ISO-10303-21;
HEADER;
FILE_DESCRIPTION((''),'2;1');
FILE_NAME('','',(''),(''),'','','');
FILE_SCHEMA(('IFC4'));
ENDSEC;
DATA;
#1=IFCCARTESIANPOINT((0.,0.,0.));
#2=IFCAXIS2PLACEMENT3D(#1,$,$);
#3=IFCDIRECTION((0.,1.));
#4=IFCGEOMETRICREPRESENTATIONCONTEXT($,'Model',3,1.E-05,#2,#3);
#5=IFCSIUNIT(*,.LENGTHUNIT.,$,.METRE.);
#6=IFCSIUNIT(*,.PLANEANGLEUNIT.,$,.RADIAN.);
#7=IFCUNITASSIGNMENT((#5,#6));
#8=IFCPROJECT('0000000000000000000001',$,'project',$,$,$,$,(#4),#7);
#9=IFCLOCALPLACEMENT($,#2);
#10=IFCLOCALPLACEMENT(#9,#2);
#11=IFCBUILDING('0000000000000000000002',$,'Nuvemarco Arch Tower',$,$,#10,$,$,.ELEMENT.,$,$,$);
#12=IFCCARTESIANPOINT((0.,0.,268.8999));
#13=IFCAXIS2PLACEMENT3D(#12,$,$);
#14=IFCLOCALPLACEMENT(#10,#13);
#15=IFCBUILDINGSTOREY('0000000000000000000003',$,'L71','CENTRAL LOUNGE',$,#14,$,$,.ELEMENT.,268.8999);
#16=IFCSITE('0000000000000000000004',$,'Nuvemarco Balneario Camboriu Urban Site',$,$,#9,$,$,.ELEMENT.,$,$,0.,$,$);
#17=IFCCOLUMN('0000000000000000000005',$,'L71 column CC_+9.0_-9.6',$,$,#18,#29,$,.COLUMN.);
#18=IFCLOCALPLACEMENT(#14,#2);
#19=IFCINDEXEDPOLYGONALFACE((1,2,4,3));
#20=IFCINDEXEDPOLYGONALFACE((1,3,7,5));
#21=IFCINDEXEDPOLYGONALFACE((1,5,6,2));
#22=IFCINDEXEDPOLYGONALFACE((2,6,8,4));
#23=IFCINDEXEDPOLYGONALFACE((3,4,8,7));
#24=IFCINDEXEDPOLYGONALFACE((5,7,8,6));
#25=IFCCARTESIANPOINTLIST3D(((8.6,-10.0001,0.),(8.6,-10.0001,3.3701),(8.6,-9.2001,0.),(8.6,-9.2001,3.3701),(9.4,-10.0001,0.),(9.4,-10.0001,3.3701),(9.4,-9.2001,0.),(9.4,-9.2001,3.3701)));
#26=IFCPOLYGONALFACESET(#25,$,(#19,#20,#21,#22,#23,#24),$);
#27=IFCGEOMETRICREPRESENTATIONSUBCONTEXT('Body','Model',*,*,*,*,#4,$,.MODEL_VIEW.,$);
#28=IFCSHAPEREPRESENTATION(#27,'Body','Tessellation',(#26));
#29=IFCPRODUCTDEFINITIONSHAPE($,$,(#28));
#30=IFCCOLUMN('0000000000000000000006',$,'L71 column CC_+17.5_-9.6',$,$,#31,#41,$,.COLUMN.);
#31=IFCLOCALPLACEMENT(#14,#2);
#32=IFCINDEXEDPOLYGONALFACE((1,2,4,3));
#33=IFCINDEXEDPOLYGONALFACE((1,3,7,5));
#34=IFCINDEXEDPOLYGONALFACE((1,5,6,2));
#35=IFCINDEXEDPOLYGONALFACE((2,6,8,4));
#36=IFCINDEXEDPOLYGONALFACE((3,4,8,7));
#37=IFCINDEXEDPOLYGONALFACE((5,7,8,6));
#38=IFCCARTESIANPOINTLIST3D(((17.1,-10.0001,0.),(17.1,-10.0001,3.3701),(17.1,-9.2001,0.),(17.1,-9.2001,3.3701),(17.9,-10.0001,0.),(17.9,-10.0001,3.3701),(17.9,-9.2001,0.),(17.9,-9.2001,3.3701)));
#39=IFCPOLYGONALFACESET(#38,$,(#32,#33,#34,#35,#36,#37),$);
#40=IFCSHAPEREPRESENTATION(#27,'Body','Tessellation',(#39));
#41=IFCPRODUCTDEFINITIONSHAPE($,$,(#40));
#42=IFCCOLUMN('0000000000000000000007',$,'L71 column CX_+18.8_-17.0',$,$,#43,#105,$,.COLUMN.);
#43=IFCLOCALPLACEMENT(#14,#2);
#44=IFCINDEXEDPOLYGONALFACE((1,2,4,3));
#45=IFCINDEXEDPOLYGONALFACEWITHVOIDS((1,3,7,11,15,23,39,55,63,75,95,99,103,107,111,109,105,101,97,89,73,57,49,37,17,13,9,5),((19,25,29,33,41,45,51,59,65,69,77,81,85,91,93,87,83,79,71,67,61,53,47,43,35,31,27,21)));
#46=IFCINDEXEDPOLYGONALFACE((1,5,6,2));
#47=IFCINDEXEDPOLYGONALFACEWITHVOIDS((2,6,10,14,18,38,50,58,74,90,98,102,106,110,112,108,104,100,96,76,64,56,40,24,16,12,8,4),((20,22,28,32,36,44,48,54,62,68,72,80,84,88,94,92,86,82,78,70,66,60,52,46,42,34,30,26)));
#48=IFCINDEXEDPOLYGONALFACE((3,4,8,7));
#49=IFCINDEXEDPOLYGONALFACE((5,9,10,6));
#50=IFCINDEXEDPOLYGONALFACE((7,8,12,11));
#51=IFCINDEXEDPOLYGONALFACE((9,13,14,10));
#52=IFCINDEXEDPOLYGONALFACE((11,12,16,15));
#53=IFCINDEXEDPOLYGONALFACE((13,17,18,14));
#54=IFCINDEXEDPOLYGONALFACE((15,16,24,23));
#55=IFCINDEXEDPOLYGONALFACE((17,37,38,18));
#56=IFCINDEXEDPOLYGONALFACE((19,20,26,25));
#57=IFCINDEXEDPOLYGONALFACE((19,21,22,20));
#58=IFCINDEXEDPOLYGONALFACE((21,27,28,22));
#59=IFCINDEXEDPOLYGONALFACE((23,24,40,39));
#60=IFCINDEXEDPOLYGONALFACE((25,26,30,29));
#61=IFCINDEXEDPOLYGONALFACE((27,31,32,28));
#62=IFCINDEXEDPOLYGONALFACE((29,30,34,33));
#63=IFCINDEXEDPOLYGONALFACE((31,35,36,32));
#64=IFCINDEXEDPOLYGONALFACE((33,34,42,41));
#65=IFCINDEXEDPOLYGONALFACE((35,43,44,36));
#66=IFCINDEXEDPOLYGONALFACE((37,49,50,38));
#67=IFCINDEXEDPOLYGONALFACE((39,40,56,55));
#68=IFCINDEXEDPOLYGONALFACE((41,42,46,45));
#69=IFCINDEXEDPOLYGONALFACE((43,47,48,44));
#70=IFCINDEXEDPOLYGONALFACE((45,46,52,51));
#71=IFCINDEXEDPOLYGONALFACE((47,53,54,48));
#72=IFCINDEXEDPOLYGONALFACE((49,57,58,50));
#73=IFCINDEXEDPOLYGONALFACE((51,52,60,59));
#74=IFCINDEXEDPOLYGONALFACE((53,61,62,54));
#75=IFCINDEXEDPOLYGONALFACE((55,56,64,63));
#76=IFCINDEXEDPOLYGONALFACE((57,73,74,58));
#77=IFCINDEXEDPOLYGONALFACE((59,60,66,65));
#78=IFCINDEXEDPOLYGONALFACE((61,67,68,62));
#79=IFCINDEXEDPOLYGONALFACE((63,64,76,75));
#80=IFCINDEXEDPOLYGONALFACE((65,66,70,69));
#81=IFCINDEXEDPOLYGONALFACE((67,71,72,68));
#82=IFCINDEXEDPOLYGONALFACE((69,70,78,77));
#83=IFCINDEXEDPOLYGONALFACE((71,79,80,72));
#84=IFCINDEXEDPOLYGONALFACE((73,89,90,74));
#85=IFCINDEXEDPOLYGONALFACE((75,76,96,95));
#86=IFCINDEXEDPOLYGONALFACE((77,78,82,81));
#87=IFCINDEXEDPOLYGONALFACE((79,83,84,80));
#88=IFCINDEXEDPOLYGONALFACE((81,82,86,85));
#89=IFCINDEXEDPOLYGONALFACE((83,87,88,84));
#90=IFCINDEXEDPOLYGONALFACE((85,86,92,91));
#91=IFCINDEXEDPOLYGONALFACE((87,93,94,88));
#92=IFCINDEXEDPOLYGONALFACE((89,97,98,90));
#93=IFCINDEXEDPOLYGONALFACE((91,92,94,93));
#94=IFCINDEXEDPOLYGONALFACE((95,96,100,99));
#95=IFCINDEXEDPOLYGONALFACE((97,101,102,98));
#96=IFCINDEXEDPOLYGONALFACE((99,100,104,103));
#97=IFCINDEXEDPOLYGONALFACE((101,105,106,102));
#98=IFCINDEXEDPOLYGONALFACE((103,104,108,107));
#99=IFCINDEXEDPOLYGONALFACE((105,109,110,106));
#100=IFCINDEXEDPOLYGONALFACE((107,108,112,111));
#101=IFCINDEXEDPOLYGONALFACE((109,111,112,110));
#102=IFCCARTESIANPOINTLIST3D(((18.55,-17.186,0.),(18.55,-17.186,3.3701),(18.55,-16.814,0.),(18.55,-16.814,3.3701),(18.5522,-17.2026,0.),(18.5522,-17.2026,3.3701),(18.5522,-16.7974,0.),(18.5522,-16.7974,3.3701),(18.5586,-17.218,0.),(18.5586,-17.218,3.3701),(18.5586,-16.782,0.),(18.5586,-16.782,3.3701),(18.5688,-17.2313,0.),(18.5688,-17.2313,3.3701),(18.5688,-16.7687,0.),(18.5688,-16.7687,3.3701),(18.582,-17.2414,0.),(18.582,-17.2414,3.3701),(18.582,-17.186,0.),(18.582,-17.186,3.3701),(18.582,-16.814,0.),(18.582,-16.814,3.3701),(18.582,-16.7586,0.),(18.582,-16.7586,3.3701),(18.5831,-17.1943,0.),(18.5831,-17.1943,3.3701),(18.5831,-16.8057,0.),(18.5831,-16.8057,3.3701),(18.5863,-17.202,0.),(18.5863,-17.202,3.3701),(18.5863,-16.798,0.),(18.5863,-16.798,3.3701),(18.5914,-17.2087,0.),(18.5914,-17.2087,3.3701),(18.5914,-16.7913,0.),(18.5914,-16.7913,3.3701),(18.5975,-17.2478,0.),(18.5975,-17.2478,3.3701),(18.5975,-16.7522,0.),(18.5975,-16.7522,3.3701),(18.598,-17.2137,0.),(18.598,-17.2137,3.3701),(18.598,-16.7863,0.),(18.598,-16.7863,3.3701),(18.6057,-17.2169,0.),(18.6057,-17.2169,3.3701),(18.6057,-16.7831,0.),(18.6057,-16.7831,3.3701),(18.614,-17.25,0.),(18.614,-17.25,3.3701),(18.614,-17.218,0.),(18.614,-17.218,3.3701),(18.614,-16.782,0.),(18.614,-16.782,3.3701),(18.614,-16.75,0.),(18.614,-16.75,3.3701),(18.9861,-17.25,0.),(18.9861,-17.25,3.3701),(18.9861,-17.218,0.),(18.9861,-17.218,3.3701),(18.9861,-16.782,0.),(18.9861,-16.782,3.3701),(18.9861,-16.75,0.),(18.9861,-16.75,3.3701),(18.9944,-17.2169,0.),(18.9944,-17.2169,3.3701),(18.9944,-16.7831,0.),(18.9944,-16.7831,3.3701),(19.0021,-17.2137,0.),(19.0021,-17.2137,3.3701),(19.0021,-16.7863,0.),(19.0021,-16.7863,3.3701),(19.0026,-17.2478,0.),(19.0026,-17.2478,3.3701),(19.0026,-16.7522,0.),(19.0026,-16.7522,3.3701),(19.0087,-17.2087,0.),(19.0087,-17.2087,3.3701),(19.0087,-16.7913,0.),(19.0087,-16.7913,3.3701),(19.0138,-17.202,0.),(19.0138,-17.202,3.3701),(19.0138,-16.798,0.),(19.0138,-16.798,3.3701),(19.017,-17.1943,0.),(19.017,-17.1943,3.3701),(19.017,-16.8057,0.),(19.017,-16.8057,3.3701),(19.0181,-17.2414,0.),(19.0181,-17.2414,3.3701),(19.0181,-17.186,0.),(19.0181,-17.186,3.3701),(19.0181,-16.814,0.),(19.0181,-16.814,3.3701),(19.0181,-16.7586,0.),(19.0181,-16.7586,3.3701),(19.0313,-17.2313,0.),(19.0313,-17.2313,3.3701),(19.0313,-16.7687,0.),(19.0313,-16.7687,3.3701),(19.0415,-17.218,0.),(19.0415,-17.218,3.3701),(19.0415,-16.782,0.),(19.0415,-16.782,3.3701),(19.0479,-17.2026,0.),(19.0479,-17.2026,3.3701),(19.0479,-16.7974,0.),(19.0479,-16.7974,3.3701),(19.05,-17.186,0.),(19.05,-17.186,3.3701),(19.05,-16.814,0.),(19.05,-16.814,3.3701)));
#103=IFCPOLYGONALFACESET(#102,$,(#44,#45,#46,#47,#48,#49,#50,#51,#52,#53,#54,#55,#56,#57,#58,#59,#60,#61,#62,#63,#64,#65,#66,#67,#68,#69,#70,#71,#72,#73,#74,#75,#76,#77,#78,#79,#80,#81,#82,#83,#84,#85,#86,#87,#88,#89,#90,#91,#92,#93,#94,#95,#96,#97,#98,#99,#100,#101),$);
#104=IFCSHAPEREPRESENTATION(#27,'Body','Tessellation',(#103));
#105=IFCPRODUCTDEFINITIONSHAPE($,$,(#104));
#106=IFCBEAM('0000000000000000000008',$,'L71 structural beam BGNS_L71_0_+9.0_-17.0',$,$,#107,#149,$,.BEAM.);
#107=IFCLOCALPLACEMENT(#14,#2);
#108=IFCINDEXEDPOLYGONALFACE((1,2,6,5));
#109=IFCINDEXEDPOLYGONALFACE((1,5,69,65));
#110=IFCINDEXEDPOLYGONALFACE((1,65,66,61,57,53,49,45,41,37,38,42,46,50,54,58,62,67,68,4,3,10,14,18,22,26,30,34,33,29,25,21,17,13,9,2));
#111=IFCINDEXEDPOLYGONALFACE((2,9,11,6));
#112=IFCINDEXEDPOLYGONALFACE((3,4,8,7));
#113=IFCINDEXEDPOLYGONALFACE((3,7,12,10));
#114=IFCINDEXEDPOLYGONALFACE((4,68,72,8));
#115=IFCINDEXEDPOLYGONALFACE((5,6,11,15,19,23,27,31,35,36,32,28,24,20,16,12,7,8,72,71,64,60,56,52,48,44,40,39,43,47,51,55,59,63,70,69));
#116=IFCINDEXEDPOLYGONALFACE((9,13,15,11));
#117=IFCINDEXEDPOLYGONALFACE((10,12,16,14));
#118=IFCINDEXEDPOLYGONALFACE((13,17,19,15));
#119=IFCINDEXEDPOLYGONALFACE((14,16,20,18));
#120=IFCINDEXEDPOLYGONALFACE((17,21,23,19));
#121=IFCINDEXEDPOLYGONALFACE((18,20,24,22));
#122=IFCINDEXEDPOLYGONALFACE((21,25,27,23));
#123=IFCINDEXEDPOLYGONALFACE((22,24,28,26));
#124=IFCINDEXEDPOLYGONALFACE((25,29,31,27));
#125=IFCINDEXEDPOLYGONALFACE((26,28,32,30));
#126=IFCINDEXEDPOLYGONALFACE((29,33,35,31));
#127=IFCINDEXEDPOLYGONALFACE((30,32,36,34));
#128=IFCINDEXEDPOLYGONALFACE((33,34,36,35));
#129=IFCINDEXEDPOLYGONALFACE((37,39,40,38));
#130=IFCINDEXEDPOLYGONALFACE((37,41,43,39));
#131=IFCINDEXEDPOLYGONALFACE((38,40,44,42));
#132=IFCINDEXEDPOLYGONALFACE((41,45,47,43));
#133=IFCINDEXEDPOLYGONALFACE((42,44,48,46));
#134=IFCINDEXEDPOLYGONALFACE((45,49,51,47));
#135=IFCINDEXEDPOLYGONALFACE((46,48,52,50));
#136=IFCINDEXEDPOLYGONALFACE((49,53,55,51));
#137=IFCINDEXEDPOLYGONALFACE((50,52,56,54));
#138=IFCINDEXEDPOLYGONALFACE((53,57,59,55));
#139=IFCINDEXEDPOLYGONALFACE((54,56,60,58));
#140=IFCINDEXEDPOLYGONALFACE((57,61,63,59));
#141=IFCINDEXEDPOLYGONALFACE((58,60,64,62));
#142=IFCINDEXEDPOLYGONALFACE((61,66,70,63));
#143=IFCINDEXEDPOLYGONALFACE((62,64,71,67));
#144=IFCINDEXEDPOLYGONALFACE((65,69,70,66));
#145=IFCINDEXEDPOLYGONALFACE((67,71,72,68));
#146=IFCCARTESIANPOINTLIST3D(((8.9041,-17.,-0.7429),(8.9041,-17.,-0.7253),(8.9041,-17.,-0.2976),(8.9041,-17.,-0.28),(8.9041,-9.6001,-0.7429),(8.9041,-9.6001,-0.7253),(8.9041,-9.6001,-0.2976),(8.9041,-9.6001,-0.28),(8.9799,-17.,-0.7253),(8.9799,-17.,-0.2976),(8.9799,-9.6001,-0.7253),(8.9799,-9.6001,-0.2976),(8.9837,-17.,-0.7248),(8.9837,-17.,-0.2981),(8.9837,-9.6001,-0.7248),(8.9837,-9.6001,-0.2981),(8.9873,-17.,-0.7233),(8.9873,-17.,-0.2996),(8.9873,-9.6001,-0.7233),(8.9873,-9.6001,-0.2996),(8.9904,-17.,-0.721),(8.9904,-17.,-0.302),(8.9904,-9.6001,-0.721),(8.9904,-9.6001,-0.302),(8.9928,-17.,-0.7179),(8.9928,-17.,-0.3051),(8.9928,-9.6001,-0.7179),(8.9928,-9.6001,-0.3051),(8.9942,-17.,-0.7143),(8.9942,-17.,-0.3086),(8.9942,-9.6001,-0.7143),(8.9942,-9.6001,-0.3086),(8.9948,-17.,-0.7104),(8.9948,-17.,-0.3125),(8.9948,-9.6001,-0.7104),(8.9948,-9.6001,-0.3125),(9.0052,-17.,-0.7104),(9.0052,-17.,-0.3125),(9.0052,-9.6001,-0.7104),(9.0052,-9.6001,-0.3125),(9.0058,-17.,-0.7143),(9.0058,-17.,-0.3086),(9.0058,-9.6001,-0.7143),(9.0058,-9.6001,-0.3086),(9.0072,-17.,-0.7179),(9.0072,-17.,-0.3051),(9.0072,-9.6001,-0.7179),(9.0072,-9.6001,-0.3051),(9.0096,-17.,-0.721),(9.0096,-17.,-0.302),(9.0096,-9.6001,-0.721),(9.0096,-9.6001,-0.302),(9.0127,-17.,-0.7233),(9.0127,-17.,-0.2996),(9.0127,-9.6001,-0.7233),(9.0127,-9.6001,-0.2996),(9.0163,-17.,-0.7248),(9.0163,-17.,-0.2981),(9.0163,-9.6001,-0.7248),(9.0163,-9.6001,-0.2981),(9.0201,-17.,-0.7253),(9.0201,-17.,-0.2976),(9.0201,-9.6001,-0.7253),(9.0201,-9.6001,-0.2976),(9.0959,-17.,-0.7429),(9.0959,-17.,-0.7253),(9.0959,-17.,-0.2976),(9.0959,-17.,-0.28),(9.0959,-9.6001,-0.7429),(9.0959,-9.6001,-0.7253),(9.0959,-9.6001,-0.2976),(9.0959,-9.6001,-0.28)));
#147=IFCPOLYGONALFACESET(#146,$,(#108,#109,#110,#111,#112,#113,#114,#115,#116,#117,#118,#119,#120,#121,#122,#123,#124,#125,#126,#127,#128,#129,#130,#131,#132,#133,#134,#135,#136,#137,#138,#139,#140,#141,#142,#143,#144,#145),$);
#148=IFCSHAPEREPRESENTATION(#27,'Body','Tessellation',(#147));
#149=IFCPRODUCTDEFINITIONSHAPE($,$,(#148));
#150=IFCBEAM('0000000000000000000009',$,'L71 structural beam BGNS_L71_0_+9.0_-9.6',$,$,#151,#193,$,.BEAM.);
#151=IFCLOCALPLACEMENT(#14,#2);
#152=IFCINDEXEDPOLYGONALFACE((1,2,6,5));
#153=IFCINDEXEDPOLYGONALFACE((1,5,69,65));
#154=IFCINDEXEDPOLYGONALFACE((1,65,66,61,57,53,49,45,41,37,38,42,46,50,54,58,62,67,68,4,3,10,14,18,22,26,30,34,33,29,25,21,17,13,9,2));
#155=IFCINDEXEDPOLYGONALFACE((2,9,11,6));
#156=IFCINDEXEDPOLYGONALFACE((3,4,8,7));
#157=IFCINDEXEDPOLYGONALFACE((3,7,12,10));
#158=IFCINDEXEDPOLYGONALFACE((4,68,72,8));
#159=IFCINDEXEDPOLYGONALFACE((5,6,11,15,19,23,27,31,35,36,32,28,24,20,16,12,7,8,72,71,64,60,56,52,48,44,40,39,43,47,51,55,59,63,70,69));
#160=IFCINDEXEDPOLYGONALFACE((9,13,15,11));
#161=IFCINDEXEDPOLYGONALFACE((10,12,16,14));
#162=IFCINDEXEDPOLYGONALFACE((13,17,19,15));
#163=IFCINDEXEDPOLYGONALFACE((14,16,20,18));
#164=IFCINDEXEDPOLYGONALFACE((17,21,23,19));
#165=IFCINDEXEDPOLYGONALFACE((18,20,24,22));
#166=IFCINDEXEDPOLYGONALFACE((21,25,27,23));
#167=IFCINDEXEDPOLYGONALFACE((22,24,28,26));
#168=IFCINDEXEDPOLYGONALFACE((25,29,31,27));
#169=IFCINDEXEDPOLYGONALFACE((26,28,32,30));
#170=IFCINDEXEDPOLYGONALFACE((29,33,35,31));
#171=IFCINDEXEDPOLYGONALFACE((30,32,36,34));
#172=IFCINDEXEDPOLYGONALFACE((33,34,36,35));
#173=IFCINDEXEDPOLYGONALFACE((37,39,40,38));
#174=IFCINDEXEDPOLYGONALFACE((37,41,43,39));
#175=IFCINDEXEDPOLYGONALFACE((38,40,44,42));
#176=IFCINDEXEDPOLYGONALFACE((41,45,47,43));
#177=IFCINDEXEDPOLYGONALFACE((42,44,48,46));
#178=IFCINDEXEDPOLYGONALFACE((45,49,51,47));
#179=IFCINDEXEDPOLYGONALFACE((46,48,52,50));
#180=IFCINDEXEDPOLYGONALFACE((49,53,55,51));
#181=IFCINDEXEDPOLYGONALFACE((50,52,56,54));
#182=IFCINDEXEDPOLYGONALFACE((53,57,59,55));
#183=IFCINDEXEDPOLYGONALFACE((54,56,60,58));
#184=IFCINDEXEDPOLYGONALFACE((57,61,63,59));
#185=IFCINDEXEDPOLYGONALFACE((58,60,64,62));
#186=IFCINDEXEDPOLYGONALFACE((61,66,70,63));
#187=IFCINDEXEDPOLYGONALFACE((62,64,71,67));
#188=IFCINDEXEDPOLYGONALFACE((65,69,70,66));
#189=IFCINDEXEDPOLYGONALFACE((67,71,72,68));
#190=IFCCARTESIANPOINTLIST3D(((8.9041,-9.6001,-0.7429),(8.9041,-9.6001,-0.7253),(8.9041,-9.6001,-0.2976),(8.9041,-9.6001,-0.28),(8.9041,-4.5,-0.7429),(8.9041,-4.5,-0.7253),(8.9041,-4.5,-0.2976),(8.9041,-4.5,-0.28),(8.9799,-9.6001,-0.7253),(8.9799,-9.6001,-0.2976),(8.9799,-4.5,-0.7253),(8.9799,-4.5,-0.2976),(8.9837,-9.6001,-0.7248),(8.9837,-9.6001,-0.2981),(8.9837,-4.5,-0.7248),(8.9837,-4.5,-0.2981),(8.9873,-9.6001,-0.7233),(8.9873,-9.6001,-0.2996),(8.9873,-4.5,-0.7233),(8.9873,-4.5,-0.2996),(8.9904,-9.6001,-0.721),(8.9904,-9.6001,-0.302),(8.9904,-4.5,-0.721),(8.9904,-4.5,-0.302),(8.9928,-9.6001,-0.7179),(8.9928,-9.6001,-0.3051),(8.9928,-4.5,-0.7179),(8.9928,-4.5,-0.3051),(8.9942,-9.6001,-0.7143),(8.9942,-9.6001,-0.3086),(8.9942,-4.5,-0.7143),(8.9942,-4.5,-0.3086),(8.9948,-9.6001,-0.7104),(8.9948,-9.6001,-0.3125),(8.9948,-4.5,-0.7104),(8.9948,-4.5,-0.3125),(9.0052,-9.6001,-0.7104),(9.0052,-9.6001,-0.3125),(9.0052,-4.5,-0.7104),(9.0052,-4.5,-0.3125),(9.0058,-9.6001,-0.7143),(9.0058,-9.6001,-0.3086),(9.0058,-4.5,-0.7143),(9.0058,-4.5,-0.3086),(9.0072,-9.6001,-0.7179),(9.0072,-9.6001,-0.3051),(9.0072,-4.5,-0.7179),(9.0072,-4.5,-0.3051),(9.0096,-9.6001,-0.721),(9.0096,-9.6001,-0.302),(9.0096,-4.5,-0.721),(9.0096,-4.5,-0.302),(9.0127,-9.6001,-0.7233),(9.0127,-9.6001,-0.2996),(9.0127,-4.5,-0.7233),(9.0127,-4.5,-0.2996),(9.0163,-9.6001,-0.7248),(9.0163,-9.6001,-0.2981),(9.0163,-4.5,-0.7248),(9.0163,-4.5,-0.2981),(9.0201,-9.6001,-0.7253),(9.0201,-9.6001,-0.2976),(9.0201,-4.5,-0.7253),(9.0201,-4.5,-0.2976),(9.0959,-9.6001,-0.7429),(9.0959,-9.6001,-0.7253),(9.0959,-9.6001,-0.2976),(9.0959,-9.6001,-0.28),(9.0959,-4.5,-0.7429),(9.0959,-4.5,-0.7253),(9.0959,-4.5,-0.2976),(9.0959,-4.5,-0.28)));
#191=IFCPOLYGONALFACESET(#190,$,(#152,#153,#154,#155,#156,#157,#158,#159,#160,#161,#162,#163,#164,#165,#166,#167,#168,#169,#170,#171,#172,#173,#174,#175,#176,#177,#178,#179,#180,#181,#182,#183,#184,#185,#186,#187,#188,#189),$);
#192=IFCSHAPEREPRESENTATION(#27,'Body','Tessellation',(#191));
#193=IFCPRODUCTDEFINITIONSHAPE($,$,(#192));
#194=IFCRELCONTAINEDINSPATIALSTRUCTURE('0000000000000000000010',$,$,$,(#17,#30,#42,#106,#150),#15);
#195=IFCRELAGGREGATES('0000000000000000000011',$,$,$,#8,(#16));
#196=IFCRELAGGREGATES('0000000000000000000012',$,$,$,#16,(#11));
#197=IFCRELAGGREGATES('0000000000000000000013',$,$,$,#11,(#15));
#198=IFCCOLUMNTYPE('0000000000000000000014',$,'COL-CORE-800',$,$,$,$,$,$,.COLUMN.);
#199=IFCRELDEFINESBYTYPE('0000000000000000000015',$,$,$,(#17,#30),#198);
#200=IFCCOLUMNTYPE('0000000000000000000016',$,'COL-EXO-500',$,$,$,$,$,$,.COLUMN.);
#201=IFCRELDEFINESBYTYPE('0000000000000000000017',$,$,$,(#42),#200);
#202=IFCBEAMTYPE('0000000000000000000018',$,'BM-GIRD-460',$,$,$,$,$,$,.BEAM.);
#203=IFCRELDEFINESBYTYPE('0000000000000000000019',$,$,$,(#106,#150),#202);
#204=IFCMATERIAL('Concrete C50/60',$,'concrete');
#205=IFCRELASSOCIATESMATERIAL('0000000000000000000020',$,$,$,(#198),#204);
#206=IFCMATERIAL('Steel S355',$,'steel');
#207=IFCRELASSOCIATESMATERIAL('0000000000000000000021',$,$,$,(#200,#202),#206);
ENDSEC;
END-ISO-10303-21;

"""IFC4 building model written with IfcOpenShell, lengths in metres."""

from ifc_helpers import new_model, si_unit, direction, frame, origin, origin_2d, place, context, subcontext, project, spatial, rectangle, hollow_rectangle, i_section, extrude, material, material_profile, profile_set, type_object, element, save


model = new_model("IFC4")

# Units and contexts
model_context = context("Model", 3, precision=1e-05, world=origin(), true_north=direction((0.0, 1.0)))
body_context = subcontext(model_context, "Body", "Model", "MODEL_VIEW")
ifc_project = project(units=[si_unit("LENGTHUNIT", "METRE"), si_unit("PLANEANGLEUNIT", "RADIAN")], contexts=[model_context])

# Site, building, storey
site_placement = place(None, origin())
site = spatial("IfcSite", under=ifc_project, at=site_placement, Name="Nuvemarco Balneario Camboriu Urban Site", CompositionType="ELEMENT", RefElevation=0.0)
building_placement = place(site_placement, origin())
building = spatial("IfcBuilding", under=site, at=building_placement, Name="Nuvemarco Arch Tower", CompositionType="ELEMENT")
storey_placement = place(building_placement, frame((0.0, 0.0, 268.8999)))
storey = spatial("IfcBuildingStorey", under=building, at=storey_placement, Name="L71", Description="CENTRAL LOUNGE", CompositionType="ELEMENT", Elevation=268.8999)

# Columns
ifc_material_1 = material(Name="Concrete C50/60", Category="concrete")
ifc_material_profile_1 = material_profile(ifc_material_1, rectangle(XDim=0.8, YDim=0.8, at=origin_2d()), Name="RC-COL-800x800")
ifc_profile_set_1 = profile_set([ifc_material_profile_1], Name="Concrete C50/60")
column_type_1 = type_object("IfcColumnType", Name="COL-CORE-800", PredefinedType="COLUMN", material=ifc_profile_set_1)
for number, where, z_axis, x_axis, name in (
    (1, (9.0, -9.6001, 0.0), (0.0, 0.0, 1.0), (1.0, 0.0, 0.0), "L71 column CC_+9.0_-9.6"),
    (2, (17.5, -9.6001, 0.0), (0.0, 0.0, 1.0), (1.0, 0.0, 0.0), "L71 column CC_+17.5_-9.6"),
):
    element("IfcColumn", number, at=place(storey_placement, frame(where, z_axis=z_axis, x_axis=x_axis)), inside=storey, type_object=column_type_1, Name=name, PredefinedType="COLUMN", context=body_context, shape_type="SweptSolid", body=[
        extrude(rectangle(XDim=0.8, YDim=0.8, at=origin_2d()), origin(), (0.0, 0.0, 1.0), 3.3701),
    ])
ifc_material_2 = material(Name="Steel S355", Category="steel")
ifc_material_profile_2 = material_profile(ifc_material_2, hollow_rectangle(XDim=0.5, YDim=0.5, WallThickness=0.032, InnerFilletRadius=0.032, OuterFilletRadius=0.064, at=origin_2d()), Name="SHS500x500x32")
ifc_profile_set_2 = profile_set([ifc_material_profile_2], Name="Steel S355")
column_type_2 = type_object("IfcColumnType", Name="COL-EXO-500", PredefinedType="COLUMN", material=ifc_profile_set_2)
column_placement = place(storey_placement, frame((18.8, -17.0, 0.0), z_axis=(0.0, 0.0, 1.0), x_axis=(1.0, 0.0, 0.0)))
element("IfcColumn", 3, at=column_placement, inside=storey, type_object=column_type_2, Name="L71 column CX_+18.8_-17.0", PredefinedType="COLUMN", context=body_context, shape_type="SweptSolid", body=[
    extrude(hollow_rectangle(XDim=0.5, YDim=0.5, WallThickness=0.032, InnerFilletRadius=0.032, OuterFilletRadius=0.064, at=origin_2d()), origin(), (0.0, 0.0, 1.0), 3.3701),
])

# Beams
ifc_material_profile_3 = material_profile(ifc_material_2, i_section(OverallWidth=0.1919, OverallDepth=0.4629, WebThickness=0.0105, FlangeThickness=0.0176, FilletRadius=0.0149, at=origin_2d()), Name="W460x89")
ifc_profile_set_3 = profile_set([ifc_material_profile_3], Name="Steel S355")
beam_type_1 = type_object("IfcBeamType", Name="BM-GIRD-460", PredefinedType="BEAM", material=ifc_profile_set_3)
beam_1_placement = place(storey_placement, frame((9.0, -17.0, -0.5115), z_axis=(0.0, 1.0, 0.0), x_axis=(-1.0, 0.0, 0.0)))
element("IfcBeam", 4, at=beam_1_placement, inside=storey, type_object=beam_type_1, Name="L71 structural beam BGNS_L71_0_+9.0_-17.0", PredefinedType="BEAM", context=body_context, shape_type="SweptSolid", body=[
    extrude(i_section(OverallWidth=0.1919, OverallDepth=0.4629, WebThickness=0.0105, FlangeThickness=0.0176, FilletRadius=0.0149, at=origin_2d()), origin(), (0.0, 0.0, 1.0), 7.3999),
])
beam_2_placement = place(storey_placement, frame((9.0, -9.6001, -0.5115), z_axis=(0.0, 1.0, 0.0), x_axis=(-1.0, 0.0, 0.0)))
element("IfcBeam", 5, at=beam_2_placement, inside=storey, type_object=beam_type_1, Name="L71 structural beam BGNS_L71_0_+9.0_-9.6", PredefinedType="BEAM", context=body_context, shape_type="SweptSolid", body=[
    extrude(i_section(OverallWidth=0.1919, OverallDepth=0.4629, WebThickness=0.0105, FlangeThickness=0.0176, FilletRadius=0.0149, at=origin_2d()), origin(), (0.0, 0.0, 1.0), 5.1001),
])

save(model, "model.ifc")
